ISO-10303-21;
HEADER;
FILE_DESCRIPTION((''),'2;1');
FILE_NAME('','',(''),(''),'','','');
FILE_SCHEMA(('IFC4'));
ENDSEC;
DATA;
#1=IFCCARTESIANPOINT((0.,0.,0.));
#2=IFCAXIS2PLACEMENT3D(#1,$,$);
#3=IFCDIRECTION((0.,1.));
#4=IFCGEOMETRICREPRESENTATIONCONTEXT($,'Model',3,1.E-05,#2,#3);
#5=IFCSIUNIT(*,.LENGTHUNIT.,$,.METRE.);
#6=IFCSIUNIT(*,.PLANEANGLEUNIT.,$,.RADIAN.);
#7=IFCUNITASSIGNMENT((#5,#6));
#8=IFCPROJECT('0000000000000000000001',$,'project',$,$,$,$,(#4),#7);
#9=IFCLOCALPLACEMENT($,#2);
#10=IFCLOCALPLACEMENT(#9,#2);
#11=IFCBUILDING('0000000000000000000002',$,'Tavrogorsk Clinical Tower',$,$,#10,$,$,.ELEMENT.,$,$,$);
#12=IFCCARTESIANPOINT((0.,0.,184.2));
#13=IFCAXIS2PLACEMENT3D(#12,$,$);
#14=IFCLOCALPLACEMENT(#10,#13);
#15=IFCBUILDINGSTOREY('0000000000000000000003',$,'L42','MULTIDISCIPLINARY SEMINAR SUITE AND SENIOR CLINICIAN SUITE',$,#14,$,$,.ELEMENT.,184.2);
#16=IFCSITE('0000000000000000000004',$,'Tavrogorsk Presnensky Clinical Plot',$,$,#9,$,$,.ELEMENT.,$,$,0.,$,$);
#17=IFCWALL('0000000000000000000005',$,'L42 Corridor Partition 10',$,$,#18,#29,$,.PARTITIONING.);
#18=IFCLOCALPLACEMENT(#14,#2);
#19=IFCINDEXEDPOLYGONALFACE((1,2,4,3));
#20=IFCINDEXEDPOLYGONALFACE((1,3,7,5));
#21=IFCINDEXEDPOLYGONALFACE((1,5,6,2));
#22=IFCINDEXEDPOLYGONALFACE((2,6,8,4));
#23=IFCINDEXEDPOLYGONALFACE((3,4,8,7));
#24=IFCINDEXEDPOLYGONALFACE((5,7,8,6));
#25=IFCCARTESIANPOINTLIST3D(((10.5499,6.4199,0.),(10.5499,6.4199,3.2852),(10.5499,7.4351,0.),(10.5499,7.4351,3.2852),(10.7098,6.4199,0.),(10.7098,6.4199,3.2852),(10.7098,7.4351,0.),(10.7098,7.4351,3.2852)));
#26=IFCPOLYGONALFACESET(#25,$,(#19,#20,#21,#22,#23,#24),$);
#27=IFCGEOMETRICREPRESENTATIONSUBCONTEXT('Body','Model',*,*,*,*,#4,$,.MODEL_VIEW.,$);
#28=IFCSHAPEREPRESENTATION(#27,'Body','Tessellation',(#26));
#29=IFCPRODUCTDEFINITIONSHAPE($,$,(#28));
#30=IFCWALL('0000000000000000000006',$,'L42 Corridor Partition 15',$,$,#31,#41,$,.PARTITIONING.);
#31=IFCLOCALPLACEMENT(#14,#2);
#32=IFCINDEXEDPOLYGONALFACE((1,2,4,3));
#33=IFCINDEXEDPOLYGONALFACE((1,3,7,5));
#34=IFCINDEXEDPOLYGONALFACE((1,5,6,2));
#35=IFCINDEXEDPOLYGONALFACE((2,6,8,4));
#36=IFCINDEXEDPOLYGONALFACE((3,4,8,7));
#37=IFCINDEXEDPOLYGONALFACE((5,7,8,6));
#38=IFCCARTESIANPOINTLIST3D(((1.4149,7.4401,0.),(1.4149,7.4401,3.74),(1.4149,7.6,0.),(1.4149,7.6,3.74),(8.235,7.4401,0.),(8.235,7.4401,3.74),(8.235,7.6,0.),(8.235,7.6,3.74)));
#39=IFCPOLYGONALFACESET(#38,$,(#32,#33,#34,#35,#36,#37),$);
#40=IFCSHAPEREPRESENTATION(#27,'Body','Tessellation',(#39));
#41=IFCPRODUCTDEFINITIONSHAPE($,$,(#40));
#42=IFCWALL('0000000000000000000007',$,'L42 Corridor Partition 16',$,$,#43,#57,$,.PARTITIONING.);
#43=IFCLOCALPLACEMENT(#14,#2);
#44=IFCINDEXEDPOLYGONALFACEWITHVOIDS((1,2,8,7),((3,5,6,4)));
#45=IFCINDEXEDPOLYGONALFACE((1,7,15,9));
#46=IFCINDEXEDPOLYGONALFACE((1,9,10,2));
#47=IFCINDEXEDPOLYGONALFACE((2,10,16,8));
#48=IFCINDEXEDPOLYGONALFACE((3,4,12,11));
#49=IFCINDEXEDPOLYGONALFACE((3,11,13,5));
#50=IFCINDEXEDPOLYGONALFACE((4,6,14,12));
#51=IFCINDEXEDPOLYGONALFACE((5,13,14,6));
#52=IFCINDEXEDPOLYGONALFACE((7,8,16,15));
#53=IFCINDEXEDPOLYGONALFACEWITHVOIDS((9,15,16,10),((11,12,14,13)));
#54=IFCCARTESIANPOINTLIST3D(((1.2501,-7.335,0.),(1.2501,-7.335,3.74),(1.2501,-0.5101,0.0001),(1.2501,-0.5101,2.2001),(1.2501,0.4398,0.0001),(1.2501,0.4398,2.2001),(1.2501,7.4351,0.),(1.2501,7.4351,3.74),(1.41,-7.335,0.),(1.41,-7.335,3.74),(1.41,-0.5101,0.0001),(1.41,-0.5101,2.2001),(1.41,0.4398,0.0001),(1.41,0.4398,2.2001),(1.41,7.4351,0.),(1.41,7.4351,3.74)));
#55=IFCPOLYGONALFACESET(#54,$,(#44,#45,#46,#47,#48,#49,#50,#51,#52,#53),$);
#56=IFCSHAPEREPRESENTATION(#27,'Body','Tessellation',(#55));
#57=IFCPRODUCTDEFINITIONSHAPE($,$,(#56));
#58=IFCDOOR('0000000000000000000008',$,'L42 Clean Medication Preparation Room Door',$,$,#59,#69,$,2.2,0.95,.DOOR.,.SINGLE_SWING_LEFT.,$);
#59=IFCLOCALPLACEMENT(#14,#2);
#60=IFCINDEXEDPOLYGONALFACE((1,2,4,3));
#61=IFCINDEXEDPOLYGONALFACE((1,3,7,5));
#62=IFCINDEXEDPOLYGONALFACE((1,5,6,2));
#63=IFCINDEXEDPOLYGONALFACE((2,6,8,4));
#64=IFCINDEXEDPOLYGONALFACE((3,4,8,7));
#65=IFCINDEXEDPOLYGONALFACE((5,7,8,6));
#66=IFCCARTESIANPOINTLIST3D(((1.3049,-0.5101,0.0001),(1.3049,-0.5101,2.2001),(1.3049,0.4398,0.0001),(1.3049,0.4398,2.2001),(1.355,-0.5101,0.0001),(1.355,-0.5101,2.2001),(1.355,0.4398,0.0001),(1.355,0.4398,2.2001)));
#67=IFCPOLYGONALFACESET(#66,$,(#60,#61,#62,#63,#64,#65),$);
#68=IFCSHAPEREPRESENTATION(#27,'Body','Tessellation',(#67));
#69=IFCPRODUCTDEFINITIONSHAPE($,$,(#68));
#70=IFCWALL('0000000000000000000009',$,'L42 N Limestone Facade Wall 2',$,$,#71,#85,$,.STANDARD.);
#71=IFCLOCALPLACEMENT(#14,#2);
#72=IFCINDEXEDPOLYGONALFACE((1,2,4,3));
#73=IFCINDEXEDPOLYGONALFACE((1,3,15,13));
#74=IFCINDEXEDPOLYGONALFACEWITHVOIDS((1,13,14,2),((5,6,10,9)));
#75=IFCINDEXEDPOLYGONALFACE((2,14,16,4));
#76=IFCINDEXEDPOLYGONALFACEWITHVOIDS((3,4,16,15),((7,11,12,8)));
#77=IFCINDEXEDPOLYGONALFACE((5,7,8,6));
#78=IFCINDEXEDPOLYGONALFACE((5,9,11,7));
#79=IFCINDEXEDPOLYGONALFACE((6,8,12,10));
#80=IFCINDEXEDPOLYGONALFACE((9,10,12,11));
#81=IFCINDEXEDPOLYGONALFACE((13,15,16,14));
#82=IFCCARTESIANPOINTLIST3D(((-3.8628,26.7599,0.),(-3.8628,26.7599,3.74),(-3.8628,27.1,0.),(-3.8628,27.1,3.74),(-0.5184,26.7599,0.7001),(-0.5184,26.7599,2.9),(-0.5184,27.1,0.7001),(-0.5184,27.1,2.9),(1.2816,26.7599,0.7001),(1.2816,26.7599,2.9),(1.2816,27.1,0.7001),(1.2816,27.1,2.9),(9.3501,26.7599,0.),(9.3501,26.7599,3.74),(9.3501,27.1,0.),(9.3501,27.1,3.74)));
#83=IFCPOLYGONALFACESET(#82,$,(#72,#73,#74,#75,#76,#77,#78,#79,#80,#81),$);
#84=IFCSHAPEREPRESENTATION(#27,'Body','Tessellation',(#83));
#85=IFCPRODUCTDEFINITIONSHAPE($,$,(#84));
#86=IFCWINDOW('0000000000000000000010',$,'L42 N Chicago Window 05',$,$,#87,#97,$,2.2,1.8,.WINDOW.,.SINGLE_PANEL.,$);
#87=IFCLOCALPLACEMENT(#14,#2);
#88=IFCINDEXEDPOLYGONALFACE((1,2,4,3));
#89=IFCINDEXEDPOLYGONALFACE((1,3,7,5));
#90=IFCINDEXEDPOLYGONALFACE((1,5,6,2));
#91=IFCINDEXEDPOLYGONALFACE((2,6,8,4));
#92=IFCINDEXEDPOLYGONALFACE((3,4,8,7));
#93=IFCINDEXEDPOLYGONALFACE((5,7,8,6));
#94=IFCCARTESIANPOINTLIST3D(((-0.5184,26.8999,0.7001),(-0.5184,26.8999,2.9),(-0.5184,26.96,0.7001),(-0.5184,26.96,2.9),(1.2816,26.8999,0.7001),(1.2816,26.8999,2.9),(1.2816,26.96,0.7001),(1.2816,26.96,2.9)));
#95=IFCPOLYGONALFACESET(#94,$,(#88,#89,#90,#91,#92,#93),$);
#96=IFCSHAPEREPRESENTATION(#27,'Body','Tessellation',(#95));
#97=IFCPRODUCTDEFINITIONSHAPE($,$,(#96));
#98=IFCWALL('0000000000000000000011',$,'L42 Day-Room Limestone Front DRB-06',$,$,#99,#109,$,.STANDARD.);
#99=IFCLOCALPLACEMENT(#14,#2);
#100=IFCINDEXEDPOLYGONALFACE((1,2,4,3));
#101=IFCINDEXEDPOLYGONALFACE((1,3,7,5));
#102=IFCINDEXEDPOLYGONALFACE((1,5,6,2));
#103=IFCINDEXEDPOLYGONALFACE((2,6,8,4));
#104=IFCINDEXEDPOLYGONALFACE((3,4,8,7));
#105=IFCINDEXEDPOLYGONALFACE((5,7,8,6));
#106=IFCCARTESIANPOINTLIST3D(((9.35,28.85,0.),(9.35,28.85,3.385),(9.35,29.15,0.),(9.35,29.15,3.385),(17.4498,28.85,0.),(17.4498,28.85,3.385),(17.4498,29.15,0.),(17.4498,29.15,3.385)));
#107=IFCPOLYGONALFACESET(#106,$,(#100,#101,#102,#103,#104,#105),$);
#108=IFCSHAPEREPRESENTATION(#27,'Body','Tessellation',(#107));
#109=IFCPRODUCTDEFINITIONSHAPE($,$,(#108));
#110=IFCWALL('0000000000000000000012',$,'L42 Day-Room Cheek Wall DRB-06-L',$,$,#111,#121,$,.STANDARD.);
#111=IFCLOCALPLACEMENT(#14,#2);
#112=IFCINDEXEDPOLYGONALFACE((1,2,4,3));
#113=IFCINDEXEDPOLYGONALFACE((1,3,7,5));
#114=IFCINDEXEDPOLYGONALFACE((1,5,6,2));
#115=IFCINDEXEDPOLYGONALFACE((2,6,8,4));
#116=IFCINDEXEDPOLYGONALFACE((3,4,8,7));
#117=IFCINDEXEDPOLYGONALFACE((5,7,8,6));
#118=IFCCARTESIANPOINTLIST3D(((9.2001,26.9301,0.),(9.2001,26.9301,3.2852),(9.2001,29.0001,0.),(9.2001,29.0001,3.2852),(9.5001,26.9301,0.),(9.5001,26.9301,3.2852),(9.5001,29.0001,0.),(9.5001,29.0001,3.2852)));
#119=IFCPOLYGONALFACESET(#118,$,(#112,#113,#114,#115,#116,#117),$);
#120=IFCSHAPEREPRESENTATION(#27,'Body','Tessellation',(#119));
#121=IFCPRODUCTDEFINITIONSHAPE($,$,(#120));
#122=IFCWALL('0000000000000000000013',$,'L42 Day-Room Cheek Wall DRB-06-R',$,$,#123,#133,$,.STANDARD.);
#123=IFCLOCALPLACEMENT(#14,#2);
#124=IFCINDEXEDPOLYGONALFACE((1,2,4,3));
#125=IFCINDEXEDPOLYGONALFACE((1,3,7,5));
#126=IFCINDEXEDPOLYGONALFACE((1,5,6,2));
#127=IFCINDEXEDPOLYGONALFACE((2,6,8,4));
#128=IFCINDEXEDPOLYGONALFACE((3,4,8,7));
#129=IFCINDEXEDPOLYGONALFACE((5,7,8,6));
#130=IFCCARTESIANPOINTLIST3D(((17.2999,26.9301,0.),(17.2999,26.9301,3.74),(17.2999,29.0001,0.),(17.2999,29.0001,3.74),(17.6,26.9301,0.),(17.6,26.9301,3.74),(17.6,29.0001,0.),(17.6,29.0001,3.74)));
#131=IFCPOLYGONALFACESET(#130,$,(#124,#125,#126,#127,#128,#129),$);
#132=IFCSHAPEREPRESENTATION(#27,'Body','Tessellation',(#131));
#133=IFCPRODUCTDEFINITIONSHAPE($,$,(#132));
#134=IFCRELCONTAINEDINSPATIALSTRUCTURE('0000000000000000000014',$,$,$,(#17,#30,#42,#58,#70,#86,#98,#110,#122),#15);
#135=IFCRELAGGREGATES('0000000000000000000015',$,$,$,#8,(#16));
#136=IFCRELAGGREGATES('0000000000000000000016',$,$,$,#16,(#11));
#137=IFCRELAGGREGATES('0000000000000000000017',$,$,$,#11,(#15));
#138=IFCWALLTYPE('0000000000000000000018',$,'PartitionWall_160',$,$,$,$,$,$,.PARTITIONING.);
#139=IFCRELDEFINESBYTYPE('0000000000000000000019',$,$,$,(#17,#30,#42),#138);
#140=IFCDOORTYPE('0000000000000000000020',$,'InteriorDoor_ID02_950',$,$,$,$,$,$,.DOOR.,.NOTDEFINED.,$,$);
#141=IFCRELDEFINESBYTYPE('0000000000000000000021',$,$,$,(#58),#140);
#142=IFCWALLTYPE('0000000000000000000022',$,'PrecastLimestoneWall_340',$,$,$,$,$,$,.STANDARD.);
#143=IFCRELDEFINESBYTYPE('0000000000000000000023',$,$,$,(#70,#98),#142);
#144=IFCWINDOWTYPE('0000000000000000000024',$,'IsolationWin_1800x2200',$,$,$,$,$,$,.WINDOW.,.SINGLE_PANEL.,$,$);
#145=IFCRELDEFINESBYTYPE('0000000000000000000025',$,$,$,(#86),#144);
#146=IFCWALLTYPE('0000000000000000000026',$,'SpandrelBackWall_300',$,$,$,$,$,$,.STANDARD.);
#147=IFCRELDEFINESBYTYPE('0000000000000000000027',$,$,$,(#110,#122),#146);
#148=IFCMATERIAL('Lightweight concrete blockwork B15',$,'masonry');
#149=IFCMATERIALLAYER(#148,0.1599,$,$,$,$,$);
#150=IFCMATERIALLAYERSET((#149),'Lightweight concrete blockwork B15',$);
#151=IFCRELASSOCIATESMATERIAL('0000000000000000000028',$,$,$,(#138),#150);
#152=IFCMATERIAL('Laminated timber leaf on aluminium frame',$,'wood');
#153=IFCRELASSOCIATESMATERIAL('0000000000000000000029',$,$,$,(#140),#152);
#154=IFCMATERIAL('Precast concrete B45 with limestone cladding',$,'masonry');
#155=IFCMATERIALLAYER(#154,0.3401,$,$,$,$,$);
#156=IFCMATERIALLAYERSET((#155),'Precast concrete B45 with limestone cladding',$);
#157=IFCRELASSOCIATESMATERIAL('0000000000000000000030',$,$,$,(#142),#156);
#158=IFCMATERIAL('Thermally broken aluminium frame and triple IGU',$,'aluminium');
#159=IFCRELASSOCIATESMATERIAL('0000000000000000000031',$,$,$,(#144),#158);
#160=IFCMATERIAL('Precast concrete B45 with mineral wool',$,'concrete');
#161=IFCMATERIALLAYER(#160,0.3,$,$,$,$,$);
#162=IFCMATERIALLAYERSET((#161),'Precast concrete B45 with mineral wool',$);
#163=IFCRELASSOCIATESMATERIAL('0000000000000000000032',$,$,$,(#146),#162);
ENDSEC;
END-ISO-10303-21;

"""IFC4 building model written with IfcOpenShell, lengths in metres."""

from ifc_helpers import new_model, si_unit, direction, frame, frame_2d, origin, place, context, subcontext, project, spatial, rectangle, extrude, material, layer, layer_set, type_object, element, fill, save


model = new_model("IFC4")

# Units and contexts
model_context = context("Model", 3, precision=1e-05, world=origin(), true_north=direction((0.0, 1.0)))
body_context = subcontext(model_context, "Body", "Model", "MODEL_VIEW")
ifc_project = project(units=[si_unit("LENGTHUNIT", "METRE"), si_unit("PLANEANGLEUNIT", "RADIAN")], contexts=[model_context])

# Site, building, storey
site_placement = place(None, origin())
site = spatial("IfcSite", under=ifc_project, at=site_placement, Name="Tavrogorsk Presnensky Clinical Plot", CompositionType="ELEMENT", RefElevation=0.0)
building_placement = place(site_placement, origin())
building = spatial("IfcBuilding", under=site, at=building_placement, Name="Tavrogorsk Clinical Tower", CompositionType="ELEMENT")
storey_placement = place(building_placement, frame((0.0, 0.0, 184.2)))
storey = spatial("IfcBuildingStorey", under=building, at=storey_placement, Name="L42", Description="MULTIDISCIPLINARY SEMINAR SUITE AND SENIOR CLINICIAN SUITE", CompositionType="ELEMENT", Elevation=184.2)

# Walls
ifc_material_1 = material(Name="Lightweight concrete blockwork B15", Category="masonry")
ifc_layer_1 = layer(ifc_material_1, 0.1599)
ifc_layer_set_1 = layer_set([ifc_layer_1], Name="Lightweight concrete blockwork B15")
wall_type_1 = type_object("IfcWallType", Name="PartitionWall_160", PredefinedType="PARTITIONING", material=ifc_layer_set_1)
wall_1_placement = place(storey_placement, frame((10.6299, 7.4351, 0.0), z_axis=(0.0, 0.0, 1.0), x_axis=(0.0, -1.0, 0.0)))
element("IfcWall", 1, at=wall_1_placement, inside=storey, type_object=wall_type_1, Name="L42 Corridor Partition 10", PredefinedType="PARTITIONING", context=body_context, shape_type="SweptSolid", body=[
    extrude(rectangle(XDim=1.0151, YDim=0.1599, at=frame_2d((0.5076, 0.0))), origin(), (0.0, 0.0, 1.0), 3.2852),
])
wall_2_placement = place(storey_placement, frame((8.2351, 7.52, 0.0), z_axis=(0.0, 0.0, 1.0), x_axis=(-1.0, 0.0, 0.0)))
element("IfcWall", 2, at=wall_2_placement, inside=storey, type_object=wall_type_1, Name="L42 Corridor Partition 15", PredefinedType="PARTITIONING", context=body_context, shape_type="SweptSolid", body=[
    extrude(rectangle(XDim=6.8201, YDim=0.1599, at=frame_2d((3.4102, 0.0))), origin(), (0.0, 0.0, 1.0), 3.74),
])

# Wall, opening, door
wall_3_placement = place(storey_placement, frame((1.3301, 7.4351, 0.0), z_axis=(0.0, 0.0, 1.0), x_axis=(0.0, -1.0, 0.0)))
wall_3 = element("IfcWall", 3, at=wall_3_placement, inside=storey, type_object=wall_type_1, Name="L42 Corridor Partition 16", PredefinedType="PARTITIONING", context=body_context, shape_type="SweptSolid", body=[
    extrude(rectangle(XDim=14.77, YDim=0.1599, at=frame_2d((7.385, 0.0))), origin(), (0.0, 0.0, 1.0), 3.74),
])
opening_1_placement = place(wall_3_placement, frame((6.9951, 0.0, 0.0)))
opening_1 = element("IfcOpeningElement", 4, at=opening_1_placement, cuts=wall_3, PredefinedType="OPENING", context=body_context, shape_type="SweptSolid", body=[
    extrude(rectangle(XDim=0.95, YDim=2.2, at=frame_2d((0.4751, 1.1001))), frame((0.0, 0.0898, 0.0), z_axis=(0.0, -1.0, 0.0), x_axis=(1.0, 0.0, 0.0)), (0.0, 0.0, 1.0), 0.1799),
])
ifc_material_2 = material(Name="Laminated timber leaf on aluminium frame", Category="wood")
door_type = type_object("IfcDoorType", Name="InteriorDoor_ID02_950", OperationType="NOTDEFINED", PredefinedType="DOOR", material=ifc_material_2)
door_placement = place(opening_1_placement, origin())
door = element("IfcDoor", 5, at=door_placement, inside=storey, type_object=door_type, Name="L42 Clean Medication Preparation Room Door", OperationType="SINGLE_SWING_LEFT", OverallHeight=2.2, OverallWidth=0.95, PredefinedType="DOOR", context=body_context, shape_type="SweptSolid", body=[
    extrude(rectangle(XDim=0.95, YDim=2.2, at=frame_2d((0.4751, 1.1001))), frame((0.0, 0.0249, 0.0), z_axis=(0.0, -1.0, 0.0), x_axis=(1.0, 0.0, 0.0)), (0.0, 0.0, 1.0), 0.05),
])
fill(opening_1, door)

# Wall, opening, window
ifc_material_3 = material(Name="Precast concrete B45 with limestone cladding", Category="masonry")
ifc_layer_2 = layer(ifc_material_3, 0.3401)
ifc_layer_set_2 = layer_set([ifc_layer_2], Name="Precast concrete B45 with limestone cladding")
wall_type_2 = type_object("IfcWallType", Name="PrecastLimestoneWall_340", PredefinedType="STANDARD", material=ifc_layer_set_2)
wall_4_placement = place(storey_placement, frame((9.3501, 26.9299, 0.0), z_axis=(0.0, 0.0, 1.0), x_axis=(-1.0, 0.0, 0.0)))
wall_4 = element("IfcWall", 6, at=wall_4_placement, inside=storey, type_object=wall_type_2, Name="L42 N Limestone Facade Wall 2", PredefinedType="STANDARD", context=body_context, shape_type="SweptSolid", body=[
    extrude(rectangle(XDim=13.2129, YDim=0.3401, at=frame_2d((6.6064, 0.0))), origin(), (0.0, 0.0, 1.0), 3.74),
])
opening_2_placement = place(wall_4_placement, frame((8.0686, 0.0, 0.7)))
opening_2 = element("IfcOpeningElement", 7, at=opening_2_placement, cuts=wall_4, PredefinedType="OPENING", context=body_context, shape_type="SweptSolid", body=[
    extrude(rectangle(XDim=1.8, YDim=2.2, at=frame_2d((0.8999, 1.1001))), frame((0.0, 0.1799, 0.0), z_axis=(0.0, -1.0, 0.0), x_axis=(1.0, 0.0, 0.0)), (0.0, 0.0, 1.0), 0.3601),
])
ifc_material_4 = material(Name="Thermally broken aluminium frame and triple IGU", Category="aluminium")
window_type = type_object("IfcWindowType", Name="IsolationWin_1800x2200", PartitioningType="SINGLE_PANEL", PredefinedType="WINDOW", material=ifc_material_4)
window_placement = place(opening_2_placement, origin())
window = element("IfcWindow", 8, at=window_placement, inside=storey, type_object=window_type, Name="L42 N Chicago Window 05", OverallHeight=2.2, OverallWidth=1.8, PartitioningType="SINGLE_PANEL", PredefinedType="WINDOW", context=body_context, shape_type="SweptSolid", body=[
    extrude(rectangle(XDim=1.8, YDim=2.2, at=frame_2d((0.8999, 1.1001))), frame((0.0, 0.03, 0.0), z_axis=(0.0, -1.0, 0.0), x_axis=(1.0, 0.0, 0.0)), (0.0, 0.0, 1.0), 0.0601),
])
fill(opening_2, window)

# Walls
wall_5_placement = place(storey_placement, frame((9.3501, 29.0, 0.0), z_axis=(0.0, 0.0, 1.0), x_axis=(1.0, 0.0, 0.0)))
element("IfcWall", 9, at=wall_5_placement, inside=storey, type_object=wall_type_2, Name="L42 Day-Room Limestone Front DRB-06", PredefinedType="STANDARD", context=body_context, shape_type="SweptSolid", body=[
    extrude(rectangle(XDim=8.0999, YDim=0.3, at=frame_2d((4.0498, 0.0))), origin(), (0.0, 0.0, 1.0), 3.385),
])
ifc_material_5 = material(Name="Precast concrete B45 with mineral wool", Category="concrete")
ifc_layer_3 = layer(ifc_material_5, 0.3)
ifc_layer_set_3 = layer_set([ifc_layer_3], Name="Precast concrete B45 with mineral wool")
wall_type_3 = type_object("IfcWallType", Name="SpandrelBackWall_300", PredefinedType="STANDARD", material=ifc_layer_set_3)
wall_6_placement = place(storey_placement, frame((9.3501, 26.9299, 0.0), z_axis=(0.0, 0.0, 1.0), x_axis=(0.0, 1.0, 0.0)))
element("IfcWall", 10, at=wall_6_placement, inside=storey, type_object=wall_type_3, Name="L42 Day-Room Cheek Wall DRB-06-L", PredefinedType="STANDARD", context=body_context, shape_type="SweptSolid", body=[
    extrude(rectangle(XDim=2.0701, YDim=0.3, at=frame_2d((1.0352, 0.0))), origin(), (0.0, 0.0, 1.0), 3.2852),
])
wall_7_placement = place(storey_placement, frame((17.45, 26.9299, 0.0), z_axis=(0.0, 0.0, 1.0), x_axis=(0.0, 1.0, 0.0)))
element("IfcWall", 11, at=wall_7_placement, inside=storey, type_object=wall_type_3, Name="L42 Day-Room Cheek Wall DRB-06-R", PredefinedType="STANDARD", context=body_context, shape_type="SweptSolid", body=[
    extrude(rectangle(XDim=2.0701, YDim=0.3, at=frame_2d((1.0352, 0.0))), origin(), (0.0, 0.0, 1.0), 3.74),
])

save(model, "model.ifc")
